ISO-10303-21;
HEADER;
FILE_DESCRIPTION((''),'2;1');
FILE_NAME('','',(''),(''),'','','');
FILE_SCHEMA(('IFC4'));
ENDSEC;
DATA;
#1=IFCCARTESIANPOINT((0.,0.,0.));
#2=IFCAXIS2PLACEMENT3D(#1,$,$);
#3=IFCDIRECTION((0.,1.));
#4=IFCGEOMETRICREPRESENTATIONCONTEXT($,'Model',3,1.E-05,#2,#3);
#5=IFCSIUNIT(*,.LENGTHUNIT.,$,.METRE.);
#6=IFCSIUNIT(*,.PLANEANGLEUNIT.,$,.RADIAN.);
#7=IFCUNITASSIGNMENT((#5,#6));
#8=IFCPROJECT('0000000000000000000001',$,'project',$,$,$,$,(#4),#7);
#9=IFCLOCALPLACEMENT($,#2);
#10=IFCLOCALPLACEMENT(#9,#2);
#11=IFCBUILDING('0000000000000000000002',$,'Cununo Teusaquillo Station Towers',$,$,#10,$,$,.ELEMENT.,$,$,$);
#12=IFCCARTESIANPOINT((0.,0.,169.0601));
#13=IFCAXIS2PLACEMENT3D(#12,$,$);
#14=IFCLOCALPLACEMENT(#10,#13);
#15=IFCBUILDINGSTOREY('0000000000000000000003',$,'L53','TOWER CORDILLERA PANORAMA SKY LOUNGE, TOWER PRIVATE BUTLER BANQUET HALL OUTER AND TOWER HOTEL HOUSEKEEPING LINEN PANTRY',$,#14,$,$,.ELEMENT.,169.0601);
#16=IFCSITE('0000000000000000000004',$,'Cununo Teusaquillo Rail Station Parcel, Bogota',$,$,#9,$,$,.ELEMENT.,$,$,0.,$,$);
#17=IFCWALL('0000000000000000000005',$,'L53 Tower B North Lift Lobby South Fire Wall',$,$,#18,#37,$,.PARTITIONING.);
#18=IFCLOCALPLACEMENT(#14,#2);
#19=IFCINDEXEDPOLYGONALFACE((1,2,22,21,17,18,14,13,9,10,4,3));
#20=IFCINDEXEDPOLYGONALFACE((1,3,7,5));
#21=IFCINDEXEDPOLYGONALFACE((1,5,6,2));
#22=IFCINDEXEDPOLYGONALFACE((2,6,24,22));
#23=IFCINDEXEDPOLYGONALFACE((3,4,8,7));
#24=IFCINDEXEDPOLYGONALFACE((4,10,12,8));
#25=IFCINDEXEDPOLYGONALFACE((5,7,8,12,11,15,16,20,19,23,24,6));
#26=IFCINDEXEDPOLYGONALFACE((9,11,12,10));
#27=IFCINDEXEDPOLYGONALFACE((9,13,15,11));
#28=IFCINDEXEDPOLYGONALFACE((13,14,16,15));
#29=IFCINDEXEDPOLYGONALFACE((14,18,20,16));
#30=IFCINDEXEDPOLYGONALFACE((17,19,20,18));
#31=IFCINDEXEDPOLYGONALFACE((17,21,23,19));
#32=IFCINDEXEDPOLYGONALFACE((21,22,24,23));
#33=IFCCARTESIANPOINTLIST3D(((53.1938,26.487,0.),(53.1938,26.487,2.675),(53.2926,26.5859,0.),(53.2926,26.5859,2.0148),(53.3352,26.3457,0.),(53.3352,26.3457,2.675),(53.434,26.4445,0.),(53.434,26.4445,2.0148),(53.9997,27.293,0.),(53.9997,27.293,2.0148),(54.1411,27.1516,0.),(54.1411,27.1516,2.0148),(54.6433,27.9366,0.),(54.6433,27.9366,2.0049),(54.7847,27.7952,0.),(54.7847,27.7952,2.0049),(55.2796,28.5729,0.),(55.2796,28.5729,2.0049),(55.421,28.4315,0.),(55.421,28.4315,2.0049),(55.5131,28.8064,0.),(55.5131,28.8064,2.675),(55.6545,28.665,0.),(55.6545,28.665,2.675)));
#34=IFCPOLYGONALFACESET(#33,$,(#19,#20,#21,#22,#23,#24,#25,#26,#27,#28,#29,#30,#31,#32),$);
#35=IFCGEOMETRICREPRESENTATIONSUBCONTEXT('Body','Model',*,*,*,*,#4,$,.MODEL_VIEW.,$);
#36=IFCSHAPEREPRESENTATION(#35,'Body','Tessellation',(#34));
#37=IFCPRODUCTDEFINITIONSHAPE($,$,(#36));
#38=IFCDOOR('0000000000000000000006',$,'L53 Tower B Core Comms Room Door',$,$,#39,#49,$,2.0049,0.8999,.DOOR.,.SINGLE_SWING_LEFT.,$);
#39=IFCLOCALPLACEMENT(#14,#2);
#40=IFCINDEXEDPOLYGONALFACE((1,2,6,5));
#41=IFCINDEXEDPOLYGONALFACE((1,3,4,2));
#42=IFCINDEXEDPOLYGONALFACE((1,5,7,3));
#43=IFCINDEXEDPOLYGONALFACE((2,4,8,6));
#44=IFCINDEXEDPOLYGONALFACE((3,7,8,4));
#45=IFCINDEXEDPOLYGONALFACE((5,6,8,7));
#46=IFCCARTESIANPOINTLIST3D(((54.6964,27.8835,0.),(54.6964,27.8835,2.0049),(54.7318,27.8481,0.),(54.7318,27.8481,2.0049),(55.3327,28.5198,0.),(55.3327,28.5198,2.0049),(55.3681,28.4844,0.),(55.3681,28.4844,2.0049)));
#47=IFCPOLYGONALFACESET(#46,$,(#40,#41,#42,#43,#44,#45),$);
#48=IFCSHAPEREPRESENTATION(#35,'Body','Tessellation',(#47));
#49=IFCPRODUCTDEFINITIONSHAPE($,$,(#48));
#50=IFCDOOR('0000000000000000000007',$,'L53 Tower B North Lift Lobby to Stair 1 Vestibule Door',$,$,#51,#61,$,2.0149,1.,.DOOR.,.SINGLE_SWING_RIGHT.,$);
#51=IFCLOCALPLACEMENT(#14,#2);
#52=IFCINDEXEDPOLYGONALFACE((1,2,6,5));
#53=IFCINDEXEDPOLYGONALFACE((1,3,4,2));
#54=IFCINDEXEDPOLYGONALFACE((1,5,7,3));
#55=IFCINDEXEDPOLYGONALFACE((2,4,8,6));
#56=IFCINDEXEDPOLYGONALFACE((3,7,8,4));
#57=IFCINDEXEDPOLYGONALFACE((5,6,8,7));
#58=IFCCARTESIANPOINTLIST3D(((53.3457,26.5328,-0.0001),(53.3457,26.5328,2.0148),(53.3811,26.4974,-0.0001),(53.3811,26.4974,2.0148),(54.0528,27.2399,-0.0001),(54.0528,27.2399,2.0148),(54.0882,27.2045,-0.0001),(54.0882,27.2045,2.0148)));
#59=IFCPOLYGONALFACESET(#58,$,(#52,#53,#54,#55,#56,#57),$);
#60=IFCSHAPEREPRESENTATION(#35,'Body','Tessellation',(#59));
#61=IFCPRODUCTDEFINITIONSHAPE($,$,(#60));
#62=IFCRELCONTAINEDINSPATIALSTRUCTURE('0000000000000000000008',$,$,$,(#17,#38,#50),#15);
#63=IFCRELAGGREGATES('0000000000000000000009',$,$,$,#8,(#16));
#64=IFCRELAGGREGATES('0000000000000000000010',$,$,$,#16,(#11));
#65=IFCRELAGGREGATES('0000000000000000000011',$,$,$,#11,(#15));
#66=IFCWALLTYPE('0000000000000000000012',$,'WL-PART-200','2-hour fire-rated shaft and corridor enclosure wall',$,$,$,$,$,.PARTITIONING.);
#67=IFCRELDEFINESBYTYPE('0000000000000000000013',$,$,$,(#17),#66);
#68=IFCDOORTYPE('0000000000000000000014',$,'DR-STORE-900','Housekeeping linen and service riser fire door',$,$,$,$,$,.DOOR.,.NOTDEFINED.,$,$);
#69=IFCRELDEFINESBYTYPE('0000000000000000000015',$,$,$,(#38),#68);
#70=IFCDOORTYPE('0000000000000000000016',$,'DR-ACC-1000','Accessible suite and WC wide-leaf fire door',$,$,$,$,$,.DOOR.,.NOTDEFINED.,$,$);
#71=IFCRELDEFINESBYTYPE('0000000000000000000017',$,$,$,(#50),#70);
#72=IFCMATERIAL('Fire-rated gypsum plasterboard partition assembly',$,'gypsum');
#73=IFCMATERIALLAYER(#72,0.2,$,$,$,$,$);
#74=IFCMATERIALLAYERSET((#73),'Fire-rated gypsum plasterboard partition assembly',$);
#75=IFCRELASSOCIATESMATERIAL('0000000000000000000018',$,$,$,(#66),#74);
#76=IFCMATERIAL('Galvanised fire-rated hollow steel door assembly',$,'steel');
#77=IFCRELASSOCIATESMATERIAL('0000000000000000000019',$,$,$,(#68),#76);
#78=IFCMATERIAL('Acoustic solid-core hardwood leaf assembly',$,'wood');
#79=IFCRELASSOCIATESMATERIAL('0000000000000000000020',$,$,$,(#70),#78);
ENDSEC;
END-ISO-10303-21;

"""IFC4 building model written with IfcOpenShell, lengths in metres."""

from ifc_helpers import new_model, si_unit, direction, frame, frame_2d, origin, place, context, subcontext, project, spatial, rectangle, extrude, source, transform, mapped, material, layer, layer_set, type_object, element, fill, save


model = new_model("IFC4")

# Units and contexts
model_context = context("Model", 3, precision=1e-05, world=origin(), true_north=direction((0.0, 1.0)))
body_context = subcontext(model_context, "Body", "Model", "MODEL_VIEW")
ifc_project = project(units=[si_unit("LENGTHUNIT", "METRE"), si_unit("PLANEANGLEUNIT", "RADIAN")], contexts=[model_context])

# Site, building, storey
site_placement = place(None, origin())
site = spatial("IfcSite", under=ifc_project, at=site_placement, Name="Cununo Teusaquillo Rail Station Parcel, Bogota", CompositionType="ELEMENT", RefElevation=0.0)
building_placement = place(site_placement, origin())
building = spatial("IfcBuilding", under=site, at=building_placement, Name="Cununo Teusaquillo Station Towers", CompositionType="ELEMENT")
storey_placement = place(building_placement, frame((0.0, 0.0, 169.0601)))
storey = spatial("IfcBuildingStorey", under=building, at=storey_placement, Name="L53", Description="TOWER CORDILLERA PANORAMA SKY LOUNGE, TOWER PRIVATE BUTLER BANQUET HALL OUTER AND TOWER HOTEL HOUSEKEEPING LINEN PANTRY", CompositionType="ELEMENT", Elevation=169.0601)

# Shared definitions
shared_shape_1 = source(origin(), body_context, "Body", "SweptSolid", [
    extrude(rectangle(XDim=0.8999, YDim=2.0049, at=frame_2d((0.45, 1.0024))), frame((0.0, 0.0249, 0.0), z_axis=(0.0, -1.0, 0.0), x_axis=(1.0, 0.0, 0.0)), (0.0, 0.0, 1.0), 0.05),
])

# Wall, openings, doors
ifc_material_1 = material(Name="Fire-rated gypsum plasterboard partition assembly", Category="gypsum")
ifc_layer_1 = layer(ifc_material_1, 0.2)
ifc_layer_set_1 = layer_set([ifc_layer_1], Name="Fire-rated gypsum plasterboard partition assembly")
wall_type_1 = type_object("IfcWallType", Name="WL-PART-200", Description="2-hour fire-rated shaft and corridor enclosure wall", PredefinedType="PARTITIONING", material=ifc_layer_set_1)
wall_1_placement = place(storey_placement, frame((53.2644, 26.4163, 0.0), z_axis=(0.0, 0.0, 1.0), x_axis=(0.707107, 0.707107, 0.0)))
wall_1 = element("IfcWall", 1, at=wall_1_placement, inside=storey, type_object=wall_type_1, Name="L53 Tower B North Lift Lobby South Fire Wall", PredefinedType="PARTITIONING", context=body_context, shape_type="SweptSolid", body=[
    extrude(rectangle(XDim=3.28, YDim=0.2, at=frame_2d((1.6401, 0.0))), origin(), (0.0, 0.0, 1.0), 2.675),
])
shared_shape_2 = source(origin(), body_context, "Body", "SweptSolid", [
    extrude(rectangle(XDim=1.0, YDim=2.0149, at=frame_2d((0.5, 1.0073))), frame((0.0, 0.1099, 0.0), z_axis=(0.0, -1.0, 0.0), x_axis=(1.0, 0.0, 0.0)), (0.0, 0.0, 1.0), 0.22),
])
opening_1_placement = place(wall_1_placement, frame((0.1399, 0.0, 0.0)))
opening_1 = element("IfcOpeningElement", 2, at=opening_1_placement, cuts=wall_1, PredefinedType="OPENING", context=body_context, shape_type="MappedRepresentation", body=[
    mapped(shared_shape_2, transform((0.0, 0.0, 0.0), x_axis=(1.0, 0.0, 0.0), y_axis=(0.0, 1.0, 0.0), z_axis=(0.0, 0.0, 1.0), scale=1.0)),
])
shared_shape_3 = source(origin(), body_context, "Body", "SweptSolid", [
    extrude(rectangle(XDim=0.8999, YDim=2.0049, at=frame_2d((0.45, 1.0024))), frame((0.0, 0.1099, 0.0), z_axis=(0.0, -1.0, 0.0), x_axis=(1.0, 0.0, 0.0)), (0.0, 0.0, 1.0), 0.22),
])
opening_2_placement = place(wall_1_placement, frame((2.05, 0.0, 0.0)))
opening_2 = element("IfcOpeningElement", 3, at=opening_2_placement, cuts=wall_1, PredefinedType="OPENING", context=body_context, shape_type="MappedRepresentation", body=[
    mapped(shared_shape_3, transform((0.0, 0.0, 0.0), x_axis=(1.0, 0.0, 0.0), y_axis=(0.0, 1.0, 0.0), z_axis=(0.0, 0.0, 1.0), scale=1.0)),
])
ifc_material_2 = material(Name="Galvanised fire-rated hollow steel door assembly", Category="steel")
door_type_1 = type_object("IfcDoorType", Name="DR-STORE-900", Description="Housekeeping linen and service riser fire door", OperationType="NOTDEFINED", PredefinedType="DOOR", material=ifc_material_2)
door_1_placement = place(opening_2_placement, origin())
door_1 = element("IfcDoor", 4, at=door_1_placement, inside=storey, type_object=door_type_1, Name="L53 Tower B Core Comms Room Door", OperationType="SINGLE_SWING_LEFT", OverallHeight=2.0049, OverallWidth=0.8999, PredefinedType="DOOR", context=body_context, shape_type="MappedRepresentation", body=[
    mapped(shared_shape_1, transform((0.0, 0.0, 0.0), x_axis=(1.0, 0.0, 0.0), y_axis=(0.0, 1.0, 0.0), z_axis=(0.0, 0.0, 1.0), scale=1.0)),
])
fill(opening_2, door_1)
ifc_material_3 = material(Name="Acoustic solid-core hardwood leaf assembly", Category="wood")
door_type_2 = type_object("IfcDoorType", Name="DR-ACC-1000", Description="Accessible suite and WC wide-leaf fire door", OperationType="NOTDEFINED", PredefinedType="DOOR", material=ifc_material_3)
shared_shape_4 = source(origin(), body_context, "Body", "SweptSolid", [
    extrude(rectangle(XDim=1.0, YDim=2.0149, at=frame_2d((0.5, 1.0073))), frame((0.0, 0.0249, 0.0), z_axis=(0.0, -1.0, 0.0), x_axis=(1.0, 0.0, 0.0)), (0.0, 0.0, 1.0), 0.05),
])
door_2_placement = place(opening_1_placement, origin())
door_2 = element("IfcDoor", 5, at=door_2_placement, inside=storey, type_object=door_type_2, Name="L53 Tower B North Lift Lobby to Stair 1 Vestibule Door", OperationType="SINGLE_SWING_RIGHT", OverallHeight=2.0149, OverallWidth=1.0, PredefinedType="DOOR", context=body_context, shape_type="MappedRepresentation", body=[
    mapped(shared_shape_4, transform((0.0, 0.0, 0.0), x_axis=(1.0, 0.0, 0.0), y_axis=(0.0, 1.0, 0.0), z_axis=(0.0, 0.0, 1.0), scale=1.0)),
])
fill(opening_1, door_2)

save(model, "model.ifc")
